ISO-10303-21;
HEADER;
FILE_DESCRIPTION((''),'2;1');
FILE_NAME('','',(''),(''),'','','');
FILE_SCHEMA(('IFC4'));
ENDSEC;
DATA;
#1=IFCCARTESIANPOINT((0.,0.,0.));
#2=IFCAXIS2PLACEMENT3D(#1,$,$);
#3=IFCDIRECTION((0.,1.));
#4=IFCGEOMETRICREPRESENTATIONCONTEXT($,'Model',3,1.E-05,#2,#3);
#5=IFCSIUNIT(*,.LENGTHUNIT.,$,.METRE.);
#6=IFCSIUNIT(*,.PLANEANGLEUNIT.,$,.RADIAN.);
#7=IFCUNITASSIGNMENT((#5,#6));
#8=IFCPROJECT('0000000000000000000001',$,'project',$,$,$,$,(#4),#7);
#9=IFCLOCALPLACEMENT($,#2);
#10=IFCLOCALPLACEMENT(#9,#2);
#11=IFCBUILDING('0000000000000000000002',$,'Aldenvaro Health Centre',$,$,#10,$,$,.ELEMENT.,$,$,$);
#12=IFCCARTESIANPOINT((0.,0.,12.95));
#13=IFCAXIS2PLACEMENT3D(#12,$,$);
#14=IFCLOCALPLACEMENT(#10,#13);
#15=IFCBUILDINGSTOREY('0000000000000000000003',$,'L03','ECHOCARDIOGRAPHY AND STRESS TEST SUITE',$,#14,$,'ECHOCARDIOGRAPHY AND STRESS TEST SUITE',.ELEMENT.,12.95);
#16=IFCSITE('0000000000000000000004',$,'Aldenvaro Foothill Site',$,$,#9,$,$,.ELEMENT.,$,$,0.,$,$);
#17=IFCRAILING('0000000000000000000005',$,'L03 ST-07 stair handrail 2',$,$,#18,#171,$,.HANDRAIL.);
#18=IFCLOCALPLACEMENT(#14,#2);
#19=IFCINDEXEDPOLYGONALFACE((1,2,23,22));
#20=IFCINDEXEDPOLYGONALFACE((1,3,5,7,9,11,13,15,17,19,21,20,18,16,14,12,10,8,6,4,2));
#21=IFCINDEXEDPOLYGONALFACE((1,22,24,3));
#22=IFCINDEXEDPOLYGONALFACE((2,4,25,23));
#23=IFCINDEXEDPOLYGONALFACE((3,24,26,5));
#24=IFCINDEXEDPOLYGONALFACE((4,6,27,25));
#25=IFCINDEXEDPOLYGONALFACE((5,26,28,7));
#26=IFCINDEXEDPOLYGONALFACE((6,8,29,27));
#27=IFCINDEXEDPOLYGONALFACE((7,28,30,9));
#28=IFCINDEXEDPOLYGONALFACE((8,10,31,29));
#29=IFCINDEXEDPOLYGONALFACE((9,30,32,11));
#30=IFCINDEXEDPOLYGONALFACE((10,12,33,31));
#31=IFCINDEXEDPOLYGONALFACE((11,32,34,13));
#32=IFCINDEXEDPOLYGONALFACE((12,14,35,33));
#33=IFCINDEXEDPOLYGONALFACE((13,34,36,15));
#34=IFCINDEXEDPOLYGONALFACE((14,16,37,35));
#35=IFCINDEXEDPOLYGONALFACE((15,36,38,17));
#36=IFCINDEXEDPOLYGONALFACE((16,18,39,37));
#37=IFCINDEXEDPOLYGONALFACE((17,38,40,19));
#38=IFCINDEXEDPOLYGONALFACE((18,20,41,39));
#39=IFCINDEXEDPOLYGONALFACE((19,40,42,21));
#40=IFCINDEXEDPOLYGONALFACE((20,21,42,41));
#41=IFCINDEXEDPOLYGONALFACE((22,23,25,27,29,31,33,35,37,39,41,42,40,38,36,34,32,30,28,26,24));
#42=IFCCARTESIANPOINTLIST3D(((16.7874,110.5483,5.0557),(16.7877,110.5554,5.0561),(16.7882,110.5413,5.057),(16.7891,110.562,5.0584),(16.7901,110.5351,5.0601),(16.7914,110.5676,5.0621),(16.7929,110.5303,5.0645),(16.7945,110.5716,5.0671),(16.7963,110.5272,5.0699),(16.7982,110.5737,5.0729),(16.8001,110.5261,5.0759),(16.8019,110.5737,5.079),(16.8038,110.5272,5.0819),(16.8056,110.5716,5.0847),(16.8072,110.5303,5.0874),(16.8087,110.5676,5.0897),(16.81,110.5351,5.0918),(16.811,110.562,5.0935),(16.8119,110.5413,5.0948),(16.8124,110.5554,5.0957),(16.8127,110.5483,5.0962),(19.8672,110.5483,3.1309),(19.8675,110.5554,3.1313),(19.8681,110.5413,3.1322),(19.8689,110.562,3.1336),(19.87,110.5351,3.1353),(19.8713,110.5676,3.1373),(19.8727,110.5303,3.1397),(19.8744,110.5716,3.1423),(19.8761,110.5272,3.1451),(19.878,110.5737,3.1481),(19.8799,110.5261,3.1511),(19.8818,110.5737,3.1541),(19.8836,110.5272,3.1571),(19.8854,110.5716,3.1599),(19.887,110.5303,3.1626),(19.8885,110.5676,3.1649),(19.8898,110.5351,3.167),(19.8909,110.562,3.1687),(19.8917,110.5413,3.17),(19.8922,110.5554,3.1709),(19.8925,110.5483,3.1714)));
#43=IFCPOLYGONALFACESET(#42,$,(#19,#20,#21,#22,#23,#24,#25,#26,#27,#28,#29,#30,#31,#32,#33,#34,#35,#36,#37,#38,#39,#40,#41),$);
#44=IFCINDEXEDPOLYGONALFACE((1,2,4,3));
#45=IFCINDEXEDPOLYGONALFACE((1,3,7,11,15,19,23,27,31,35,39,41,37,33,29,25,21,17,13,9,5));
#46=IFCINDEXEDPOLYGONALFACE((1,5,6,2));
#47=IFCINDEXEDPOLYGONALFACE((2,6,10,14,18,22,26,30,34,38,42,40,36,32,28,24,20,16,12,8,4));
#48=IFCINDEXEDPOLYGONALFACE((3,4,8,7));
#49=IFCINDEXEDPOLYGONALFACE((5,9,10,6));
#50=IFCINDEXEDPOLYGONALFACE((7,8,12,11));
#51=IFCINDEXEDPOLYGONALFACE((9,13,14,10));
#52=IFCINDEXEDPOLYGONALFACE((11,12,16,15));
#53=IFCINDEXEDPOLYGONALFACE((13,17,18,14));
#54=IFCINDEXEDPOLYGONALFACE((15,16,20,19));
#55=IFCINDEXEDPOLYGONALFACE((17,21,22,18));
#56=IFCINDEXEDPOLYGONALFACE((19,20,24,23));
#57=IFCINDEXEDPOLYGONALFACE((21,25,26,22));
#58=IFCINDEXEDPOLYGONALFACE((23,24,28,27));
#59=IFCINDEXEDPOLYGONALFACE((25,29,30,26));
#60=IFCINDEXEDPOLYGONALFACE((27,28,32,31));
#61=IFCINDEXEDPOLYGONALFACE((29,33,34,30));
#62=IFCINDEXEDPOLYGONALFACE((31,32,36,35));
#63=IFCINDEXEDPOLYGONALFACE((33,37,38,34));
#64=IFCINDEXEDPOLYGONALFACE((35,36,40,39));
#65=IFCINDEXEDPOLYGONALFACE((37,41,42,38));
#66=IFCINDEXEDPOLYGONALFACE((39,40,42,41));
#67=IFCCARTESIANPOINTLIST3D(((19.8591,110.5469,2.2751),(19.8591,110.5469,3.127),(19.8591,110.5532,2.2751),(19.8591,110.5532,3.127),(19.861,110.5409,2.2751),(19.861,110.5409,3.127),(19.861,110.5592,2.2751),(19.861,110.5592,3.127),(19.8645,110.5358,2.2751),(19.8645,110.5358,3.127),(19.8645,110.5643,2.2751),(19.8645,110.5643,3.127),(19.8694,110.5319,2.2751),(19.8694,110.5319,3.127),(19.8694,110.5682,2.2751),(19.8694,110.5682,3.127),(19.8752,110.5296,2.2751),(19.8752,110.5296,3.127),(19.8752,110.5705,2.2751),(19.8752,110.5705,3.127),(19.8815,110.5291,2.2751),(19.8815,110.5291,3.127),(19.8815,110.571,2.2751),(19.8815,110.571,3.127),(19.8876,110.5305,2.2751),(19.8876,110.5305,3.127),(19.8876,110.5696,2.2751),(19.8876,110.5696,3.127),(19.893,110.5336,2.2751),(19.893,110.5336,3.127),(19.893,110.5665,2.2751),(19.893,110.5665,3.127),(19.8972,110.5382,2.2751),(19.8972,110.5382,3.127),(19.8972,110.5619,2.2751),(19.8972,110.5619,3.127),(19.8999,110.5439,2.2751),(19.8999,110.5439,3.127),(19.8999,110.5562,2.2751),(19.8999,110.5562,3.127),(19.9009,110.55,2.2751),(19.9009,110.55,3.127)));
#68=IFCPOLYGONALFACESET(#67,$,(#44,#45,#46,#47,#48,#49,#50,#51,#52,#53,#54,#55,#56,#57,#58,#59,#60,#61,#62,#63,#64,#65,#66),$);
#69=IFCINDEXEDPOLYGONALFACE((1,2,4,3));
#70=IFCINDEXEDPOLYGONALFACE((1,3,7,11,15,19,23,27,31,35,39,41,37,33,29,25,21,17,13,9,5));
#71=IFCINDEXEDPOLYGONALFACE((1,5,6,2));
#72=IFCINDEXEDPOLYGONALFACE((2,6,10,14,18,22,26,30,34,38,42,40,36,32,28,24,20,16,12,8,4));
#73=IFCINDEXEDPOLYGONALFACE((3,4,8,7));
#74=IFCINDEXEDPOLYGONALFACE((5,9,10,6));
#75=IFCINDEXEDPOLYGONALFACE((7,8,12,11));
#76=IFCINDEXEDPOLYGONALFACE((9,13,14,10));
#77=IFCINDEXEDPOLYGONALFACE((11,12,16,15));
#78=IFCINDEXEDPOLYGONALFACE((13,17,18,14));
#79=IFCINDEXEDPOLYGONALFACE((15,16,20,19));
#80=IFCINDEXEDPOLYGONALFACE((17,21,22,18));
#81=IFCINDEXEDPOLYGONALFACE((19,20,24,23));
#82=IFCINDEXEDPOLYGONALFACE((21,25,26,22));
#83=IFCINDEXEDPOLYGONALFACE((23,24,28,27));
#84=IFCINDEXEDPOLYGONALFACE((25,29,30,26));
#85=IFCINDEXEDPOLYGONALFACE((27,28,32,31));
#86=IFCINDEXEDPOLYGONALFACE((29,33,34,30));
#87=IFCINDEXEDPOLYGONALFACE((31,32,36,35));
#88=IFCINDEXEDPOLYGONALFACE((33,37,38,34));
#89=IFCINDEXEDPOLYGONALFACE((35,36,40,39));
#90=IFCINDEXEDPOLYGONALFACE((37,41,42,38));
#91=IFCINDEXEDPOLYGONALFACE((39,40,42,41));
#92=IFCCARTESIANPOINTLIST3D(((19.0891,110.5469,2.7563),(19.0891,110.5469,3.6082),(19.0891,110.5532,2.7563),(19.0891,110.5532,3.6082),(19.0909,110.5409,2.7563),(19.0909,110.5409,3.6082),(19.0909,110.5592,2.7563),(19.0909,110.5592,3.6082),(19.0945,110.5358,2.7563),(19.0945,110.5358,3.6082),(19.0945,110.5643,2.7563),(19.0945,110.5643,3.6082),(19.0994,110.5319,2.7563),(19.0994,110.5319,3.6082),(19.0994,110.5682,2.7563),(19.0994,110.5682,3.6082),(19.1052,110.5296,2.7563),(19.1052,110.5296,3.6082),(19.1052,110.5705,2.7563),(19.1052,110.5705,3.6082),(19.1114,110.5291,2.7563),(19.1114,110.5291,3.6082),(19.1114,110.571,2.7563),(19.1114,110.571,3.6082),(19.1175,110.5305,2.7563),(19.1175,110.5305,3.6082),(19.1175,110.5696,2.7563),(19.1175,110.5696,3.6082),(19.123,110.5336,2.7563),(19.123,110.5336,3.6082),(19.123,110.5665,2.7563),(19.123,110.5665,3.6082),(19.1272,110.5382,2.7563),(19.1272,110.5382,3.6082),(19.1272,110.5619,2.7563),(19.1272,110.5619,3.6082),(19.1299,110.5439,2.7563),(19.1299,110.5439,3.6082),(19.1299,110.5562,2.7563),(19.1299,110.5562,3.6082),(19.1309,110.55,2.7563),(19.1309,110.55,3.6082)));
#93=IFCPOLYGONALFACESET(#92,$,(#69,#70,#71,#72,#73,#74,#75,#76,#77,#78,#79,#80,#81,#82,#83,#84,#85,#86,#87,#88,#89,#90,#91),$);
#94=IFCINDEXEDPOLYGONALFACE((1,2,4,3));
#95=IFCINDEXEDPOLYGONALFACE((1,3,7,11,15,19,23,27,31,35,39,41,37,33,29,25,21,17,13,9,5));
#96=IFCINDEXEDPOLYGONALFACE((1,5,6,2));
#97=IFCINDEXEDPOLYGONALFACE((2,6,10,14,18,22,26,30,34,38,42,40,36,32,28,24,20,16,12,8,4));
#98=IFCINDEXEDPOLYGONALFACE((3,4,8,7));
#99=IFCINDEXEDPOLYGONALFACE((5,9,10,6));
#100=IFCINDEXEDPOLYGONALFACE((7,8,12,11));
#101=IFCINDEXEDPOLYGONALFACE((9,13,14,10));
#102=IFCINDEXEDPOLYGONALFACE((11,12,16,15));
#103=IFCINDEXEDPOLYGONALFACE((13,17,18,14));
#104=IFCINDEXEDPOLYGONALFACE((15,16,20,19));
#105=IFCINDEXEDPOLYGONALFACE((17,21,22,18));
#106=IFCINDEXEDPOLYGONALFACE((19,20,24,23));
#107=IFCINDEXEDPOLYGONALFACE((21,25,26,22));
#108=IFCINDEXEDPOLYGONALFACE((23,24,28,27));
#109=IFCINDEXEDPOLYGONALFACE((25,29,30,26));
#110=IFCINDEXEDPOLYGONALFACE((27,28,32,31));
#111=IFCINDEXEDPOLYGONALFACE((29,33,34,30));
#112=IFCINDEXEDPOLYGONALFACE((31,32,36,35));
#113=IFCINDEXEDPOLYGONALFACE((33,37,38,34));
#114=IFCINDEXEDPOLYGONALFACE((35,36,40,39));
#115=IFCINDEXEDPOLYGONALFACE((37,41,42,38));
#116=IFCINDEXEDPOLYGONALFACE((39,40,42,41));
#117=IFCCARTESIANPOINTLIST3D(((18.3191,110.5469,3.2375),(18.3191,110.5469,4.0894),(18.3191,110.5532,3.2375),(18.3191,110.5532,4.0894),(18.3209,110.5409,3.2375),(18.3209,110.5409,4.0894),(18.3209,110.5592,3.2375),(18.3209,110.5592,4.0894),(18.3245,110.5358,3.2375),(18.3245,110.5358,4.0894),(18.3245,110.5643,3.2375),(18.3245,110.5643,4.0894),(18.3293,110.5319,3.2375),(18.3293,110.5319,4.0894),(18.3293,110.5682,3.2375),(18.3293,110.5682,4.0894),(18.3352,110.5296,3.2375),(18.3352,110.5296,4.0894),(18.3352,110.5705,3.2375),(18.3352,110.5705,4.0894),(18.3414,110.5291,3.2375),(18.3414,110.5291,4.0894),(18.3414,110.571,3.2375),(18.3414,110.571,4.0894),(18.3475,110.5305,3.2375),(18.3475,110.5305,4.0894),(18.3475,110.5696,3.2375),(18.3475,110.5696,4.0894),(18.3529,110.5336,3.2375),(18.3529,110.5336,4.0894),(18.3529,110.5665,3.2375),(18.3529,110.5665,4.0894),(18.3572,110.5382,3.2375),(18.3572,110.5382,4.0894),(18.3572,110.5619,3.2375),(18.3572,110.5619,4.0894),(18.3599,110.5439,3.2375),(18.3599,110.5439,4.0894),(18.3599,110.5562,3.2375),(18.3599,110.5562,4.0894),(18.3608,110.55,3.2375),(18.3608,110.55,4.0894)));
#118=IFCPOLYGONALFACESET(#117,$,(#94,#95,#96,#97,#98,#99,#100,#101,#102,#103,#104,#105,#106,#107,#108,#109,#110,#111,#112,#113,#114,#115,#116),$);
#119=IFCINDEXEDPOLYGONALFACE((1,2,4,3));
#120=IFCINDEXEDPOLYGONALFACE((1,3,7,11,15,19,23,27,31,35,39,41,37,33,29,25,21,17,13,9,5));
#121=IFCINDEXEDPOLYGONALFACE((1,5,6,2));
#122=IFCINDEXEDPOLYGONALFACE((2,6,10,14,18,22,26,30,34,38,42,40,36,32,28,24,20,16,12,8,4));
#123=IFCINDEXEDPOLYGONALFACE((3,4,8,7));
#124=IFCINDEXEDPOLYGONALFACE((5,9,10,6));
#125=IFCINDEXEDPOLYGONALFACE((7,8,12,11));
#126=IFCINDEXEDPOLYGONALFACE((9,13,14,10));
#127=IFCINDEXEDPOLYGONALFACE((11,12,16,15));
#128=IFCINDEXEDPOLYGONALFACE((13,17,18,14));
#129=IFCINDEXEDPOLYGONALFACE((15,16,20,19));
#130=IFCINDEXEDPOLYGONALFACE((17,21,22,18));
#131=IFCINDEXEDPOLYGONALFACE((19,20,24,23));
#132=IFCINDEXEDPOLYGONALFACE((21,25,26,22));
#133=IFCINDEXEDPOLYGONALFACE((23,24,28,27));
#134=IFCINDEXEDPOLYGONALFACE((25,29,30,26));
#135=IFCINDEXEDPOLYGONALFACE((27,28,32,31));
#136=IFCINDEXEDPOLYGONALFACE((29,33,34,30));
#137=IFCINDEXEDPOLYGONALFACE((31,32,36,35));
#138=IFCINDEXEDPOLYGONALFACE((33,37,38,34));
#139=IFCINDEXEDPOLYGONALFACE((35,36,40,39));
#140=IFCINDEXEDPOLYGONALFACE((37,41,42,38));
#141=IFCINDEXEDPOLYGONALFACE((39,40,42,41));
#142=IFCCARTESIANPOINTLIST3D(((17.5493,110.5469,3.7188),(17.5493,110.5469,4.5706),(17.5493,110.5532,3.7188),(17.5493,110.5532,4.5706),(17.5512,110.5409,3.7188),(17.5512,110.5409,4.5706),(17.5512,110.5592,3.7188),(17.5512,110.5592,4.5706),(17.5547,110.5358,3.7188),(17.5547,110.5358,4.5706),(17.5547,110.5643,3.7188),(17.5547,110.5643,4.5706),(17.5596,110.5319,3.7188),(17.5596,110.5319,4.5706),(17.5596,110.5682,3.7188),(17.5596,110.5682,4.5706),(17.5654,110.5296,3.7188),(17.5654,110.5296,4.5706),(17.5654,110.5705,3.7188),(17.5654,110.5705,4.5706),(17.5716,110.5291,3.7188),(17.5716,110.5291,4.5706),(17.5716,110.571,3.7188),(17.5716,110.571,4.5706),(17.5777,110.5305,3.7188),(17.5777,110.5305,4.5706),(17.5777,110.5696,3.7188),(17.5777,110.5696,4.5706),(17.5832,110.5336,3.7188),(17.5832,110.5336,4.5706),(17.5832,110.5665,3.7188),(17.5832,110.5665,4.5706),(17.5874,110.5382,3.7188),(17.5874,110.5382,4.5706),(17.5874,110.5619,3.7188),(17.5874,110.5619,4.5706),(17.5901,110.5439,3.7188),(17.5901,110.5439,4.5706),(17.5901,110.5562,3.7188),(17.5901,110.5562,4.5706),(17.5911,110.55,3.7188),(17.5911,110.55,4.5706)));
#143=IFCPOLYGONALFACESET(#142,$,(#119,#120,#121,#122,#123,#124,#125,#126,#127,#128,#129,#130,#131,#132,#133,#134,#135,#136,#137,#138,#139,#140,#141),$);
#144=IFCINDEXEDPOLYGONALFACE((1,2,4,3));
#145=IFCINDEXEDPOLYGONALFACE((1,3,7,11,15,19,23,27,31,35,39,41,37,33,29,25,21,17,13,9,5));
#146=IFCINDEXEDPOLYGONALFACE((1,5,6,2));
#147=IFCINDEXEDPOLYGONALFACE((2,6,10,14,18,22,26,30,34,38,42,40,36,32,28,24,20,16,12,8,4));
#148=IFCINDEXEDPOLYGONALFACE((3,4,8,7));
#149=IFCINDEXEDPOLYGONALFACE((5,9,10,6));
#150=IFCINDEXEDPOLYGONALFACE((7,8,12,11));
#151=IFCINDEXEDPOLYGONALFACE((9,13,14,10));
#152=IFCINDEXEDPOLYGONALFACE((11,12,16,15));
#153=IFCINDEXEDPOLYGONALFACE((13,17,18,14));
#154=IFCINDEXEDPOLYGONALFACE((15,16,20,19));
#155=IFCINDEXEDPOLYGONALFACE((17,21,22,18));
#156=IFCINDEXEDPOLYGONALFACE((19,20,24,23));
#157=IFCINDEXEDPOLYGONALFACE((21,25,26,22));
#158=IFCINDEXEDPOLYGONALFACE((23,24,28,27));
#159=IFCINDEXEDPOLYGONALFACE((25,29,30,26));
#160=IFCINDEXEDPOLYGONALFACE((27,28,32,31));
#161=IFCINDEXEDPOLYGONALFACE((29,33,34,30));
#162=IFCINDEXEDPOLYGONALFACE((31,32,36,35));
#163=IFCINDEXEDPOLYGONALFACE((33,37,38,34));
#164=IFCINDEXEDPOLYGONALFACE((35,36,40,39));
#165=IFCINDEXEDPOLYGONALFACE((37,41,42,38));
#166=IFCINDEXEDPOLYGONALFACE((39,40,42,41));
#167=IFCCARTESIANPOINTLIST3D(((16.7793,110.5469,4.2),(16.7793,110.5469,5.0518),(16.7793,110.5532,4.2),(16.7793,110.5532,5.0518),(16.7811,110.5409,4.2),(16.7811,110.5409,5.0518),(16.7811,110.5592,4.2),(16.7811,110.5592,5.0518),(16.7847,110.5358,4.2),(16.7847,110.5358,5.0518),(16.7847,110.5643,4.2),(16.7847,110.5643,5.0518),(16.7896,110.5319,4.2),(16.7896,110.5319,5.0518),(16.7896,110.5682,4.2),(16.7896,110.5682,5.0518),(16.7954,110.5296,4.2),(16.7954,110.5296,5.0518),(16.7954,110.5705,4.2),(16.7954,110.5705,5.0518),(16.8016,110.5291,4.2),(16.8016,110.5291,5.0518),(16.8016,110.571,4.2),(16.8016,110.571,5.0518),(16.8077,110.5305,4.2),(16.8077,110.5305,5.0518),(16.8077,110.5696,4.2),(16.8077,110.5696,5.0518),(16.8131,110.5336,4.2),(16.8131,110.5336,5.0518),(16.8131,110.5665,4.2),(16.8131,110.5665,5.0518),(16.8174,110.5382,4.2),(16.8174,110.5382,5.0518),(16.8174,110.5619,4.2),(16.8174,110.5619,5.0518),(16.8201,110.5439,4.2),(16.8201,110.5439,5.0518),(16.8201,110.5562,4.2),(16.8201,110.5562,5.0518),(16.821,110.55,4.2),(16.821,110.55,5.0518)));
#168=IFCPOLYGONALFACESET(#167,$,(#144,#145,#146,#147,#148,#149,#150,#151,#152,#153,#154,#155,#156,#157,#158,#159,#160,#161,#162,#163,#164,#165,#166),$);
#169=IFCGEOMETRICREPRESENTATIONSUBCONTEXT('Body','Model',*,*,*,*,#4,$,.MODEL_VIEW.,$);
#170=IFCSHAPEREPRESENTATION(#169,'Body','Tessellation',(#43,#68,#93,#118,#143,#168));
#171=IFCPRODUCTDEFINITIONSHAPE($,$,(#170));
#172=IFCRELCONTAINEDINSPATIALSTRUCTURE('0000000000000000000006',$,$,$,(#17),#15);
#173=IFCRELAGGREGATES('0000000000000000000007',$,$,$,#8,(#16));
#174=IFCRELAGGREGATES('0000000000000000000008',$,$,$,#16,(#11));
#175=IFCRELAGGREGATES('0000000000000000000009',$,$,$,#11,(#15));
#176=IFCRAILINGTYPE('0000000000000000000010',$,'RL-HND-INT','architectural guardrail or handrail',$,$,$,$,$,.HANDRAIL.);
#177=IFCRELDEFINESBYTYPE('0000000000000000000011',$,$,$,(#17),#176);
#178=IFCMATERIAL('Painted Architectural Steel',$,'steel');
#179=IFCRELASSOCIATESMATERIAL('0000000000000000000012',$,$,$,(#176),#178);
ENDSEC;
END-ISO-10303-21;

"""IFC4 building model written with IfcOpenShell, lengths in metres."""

from ifc_helpers import new_model, si_unit, direction, frame, origin, origin_2d, place, context, subcontext, project, spatial, circle, extrude, material, type_object, element, save


model = new_model("IFC4")

# Units and contexts
model_context = context("Model", 3, precision=1e-05, world=origin(), true_north=direction((0.0, 1.0)))
body_context = subcontext(model_context, "Body", "Model", "MODEL_VIEW")
ifc_project = project(units=[si_unit("LENGTHUNIT", "METRE"), si_unit("PLANEANGLEUNIT", "RADIAN")], contexts=[model_context])

# Site, building, storey
site_placement = place(None, origin())
site = spatial("IfcSite", under=ifc_project, at=site_placement, Name="Aldenvaro Foothill Site", CompositionType="ELEMENT", RefElevation=0.0)
building_placement = place(site_placement, origin())
building = spatial("IfcBuilding", under=site, at=building_placement, Name="Aldenvaro Health Centre", CompositionType="ELEMENT")
storey_placement = place(building_placement, frame((0.0, 0.0, 12.95)))
storey = spatial("IfcBuildingStorey", under=building, at=storey_placement, Name="L03", Description="ECHOCARDIOGRAPHY AND STRESS TEST SUITE", LongName="ECHOCARDIOGRAPHY AND STRESS TEST SUITE", CompositionType="ELEMENT", Elevation=12.95)

# Railing
ifc_material_1 = material(Name="Painted Architectural Steel", Category="steel")
railing_type_1 = type_object("IfcRailingType", Name="RL-HND-INT", Description="architectural guardrail or handrail", PredefinedType="HANDRAIL", material=ifc_material_1)
railing_1_placement = place(storey_placement, frame((19.8799, 110.55, 2.2751)))
element("IfcRailing", 1, at=railing_1_placement, inside=storey, type_object=railing_type_1, Name="L03 ST-07 stair handrail 2", PredefinedType="HANDRAIL", context=body_context, shape_type="SweptSolid", body=[
    extrude(circle(Radius=0.0239, at=origin_2d()), frame((0.0, 0.0, 0.876), z_axis=(-0.84801, 0.0, 0.529981), x_axis=(0.0, -1.0, 0.0)), (0.0, 0.0, 1.0), 3.6318),
    extrude(circle(Radius=0.021, at=origin_2d()), origin(), (0.0, 0.0, 1.0), 0.8518),
    extrude(circle(Radius=0.021, at=origin_2d()), frame((-0.77, 0.0, 0.4812)), (0.0, 0.0, 1.0), 0.8518),
    extrude(circle(Radius=0.021, at=origin_2d()), frame((-1.54, 0.0, 0.9624)), (0.0, 0.0, 1.0), 0.8518),
    extrude(circle(Radius=0.021, at=origin_2d()), frame((-2.3098, 0.0, 1.4436)), (0.0, 0.0, 1.0), 0.8518),
    extrude(circle(Radius=0.021, at=origin_2d()), frame((-3.0798, 0.0, 1.9248)), (0.0, 0.0, 1.0), 0.8518),
])

save(model, "model.ifc")
